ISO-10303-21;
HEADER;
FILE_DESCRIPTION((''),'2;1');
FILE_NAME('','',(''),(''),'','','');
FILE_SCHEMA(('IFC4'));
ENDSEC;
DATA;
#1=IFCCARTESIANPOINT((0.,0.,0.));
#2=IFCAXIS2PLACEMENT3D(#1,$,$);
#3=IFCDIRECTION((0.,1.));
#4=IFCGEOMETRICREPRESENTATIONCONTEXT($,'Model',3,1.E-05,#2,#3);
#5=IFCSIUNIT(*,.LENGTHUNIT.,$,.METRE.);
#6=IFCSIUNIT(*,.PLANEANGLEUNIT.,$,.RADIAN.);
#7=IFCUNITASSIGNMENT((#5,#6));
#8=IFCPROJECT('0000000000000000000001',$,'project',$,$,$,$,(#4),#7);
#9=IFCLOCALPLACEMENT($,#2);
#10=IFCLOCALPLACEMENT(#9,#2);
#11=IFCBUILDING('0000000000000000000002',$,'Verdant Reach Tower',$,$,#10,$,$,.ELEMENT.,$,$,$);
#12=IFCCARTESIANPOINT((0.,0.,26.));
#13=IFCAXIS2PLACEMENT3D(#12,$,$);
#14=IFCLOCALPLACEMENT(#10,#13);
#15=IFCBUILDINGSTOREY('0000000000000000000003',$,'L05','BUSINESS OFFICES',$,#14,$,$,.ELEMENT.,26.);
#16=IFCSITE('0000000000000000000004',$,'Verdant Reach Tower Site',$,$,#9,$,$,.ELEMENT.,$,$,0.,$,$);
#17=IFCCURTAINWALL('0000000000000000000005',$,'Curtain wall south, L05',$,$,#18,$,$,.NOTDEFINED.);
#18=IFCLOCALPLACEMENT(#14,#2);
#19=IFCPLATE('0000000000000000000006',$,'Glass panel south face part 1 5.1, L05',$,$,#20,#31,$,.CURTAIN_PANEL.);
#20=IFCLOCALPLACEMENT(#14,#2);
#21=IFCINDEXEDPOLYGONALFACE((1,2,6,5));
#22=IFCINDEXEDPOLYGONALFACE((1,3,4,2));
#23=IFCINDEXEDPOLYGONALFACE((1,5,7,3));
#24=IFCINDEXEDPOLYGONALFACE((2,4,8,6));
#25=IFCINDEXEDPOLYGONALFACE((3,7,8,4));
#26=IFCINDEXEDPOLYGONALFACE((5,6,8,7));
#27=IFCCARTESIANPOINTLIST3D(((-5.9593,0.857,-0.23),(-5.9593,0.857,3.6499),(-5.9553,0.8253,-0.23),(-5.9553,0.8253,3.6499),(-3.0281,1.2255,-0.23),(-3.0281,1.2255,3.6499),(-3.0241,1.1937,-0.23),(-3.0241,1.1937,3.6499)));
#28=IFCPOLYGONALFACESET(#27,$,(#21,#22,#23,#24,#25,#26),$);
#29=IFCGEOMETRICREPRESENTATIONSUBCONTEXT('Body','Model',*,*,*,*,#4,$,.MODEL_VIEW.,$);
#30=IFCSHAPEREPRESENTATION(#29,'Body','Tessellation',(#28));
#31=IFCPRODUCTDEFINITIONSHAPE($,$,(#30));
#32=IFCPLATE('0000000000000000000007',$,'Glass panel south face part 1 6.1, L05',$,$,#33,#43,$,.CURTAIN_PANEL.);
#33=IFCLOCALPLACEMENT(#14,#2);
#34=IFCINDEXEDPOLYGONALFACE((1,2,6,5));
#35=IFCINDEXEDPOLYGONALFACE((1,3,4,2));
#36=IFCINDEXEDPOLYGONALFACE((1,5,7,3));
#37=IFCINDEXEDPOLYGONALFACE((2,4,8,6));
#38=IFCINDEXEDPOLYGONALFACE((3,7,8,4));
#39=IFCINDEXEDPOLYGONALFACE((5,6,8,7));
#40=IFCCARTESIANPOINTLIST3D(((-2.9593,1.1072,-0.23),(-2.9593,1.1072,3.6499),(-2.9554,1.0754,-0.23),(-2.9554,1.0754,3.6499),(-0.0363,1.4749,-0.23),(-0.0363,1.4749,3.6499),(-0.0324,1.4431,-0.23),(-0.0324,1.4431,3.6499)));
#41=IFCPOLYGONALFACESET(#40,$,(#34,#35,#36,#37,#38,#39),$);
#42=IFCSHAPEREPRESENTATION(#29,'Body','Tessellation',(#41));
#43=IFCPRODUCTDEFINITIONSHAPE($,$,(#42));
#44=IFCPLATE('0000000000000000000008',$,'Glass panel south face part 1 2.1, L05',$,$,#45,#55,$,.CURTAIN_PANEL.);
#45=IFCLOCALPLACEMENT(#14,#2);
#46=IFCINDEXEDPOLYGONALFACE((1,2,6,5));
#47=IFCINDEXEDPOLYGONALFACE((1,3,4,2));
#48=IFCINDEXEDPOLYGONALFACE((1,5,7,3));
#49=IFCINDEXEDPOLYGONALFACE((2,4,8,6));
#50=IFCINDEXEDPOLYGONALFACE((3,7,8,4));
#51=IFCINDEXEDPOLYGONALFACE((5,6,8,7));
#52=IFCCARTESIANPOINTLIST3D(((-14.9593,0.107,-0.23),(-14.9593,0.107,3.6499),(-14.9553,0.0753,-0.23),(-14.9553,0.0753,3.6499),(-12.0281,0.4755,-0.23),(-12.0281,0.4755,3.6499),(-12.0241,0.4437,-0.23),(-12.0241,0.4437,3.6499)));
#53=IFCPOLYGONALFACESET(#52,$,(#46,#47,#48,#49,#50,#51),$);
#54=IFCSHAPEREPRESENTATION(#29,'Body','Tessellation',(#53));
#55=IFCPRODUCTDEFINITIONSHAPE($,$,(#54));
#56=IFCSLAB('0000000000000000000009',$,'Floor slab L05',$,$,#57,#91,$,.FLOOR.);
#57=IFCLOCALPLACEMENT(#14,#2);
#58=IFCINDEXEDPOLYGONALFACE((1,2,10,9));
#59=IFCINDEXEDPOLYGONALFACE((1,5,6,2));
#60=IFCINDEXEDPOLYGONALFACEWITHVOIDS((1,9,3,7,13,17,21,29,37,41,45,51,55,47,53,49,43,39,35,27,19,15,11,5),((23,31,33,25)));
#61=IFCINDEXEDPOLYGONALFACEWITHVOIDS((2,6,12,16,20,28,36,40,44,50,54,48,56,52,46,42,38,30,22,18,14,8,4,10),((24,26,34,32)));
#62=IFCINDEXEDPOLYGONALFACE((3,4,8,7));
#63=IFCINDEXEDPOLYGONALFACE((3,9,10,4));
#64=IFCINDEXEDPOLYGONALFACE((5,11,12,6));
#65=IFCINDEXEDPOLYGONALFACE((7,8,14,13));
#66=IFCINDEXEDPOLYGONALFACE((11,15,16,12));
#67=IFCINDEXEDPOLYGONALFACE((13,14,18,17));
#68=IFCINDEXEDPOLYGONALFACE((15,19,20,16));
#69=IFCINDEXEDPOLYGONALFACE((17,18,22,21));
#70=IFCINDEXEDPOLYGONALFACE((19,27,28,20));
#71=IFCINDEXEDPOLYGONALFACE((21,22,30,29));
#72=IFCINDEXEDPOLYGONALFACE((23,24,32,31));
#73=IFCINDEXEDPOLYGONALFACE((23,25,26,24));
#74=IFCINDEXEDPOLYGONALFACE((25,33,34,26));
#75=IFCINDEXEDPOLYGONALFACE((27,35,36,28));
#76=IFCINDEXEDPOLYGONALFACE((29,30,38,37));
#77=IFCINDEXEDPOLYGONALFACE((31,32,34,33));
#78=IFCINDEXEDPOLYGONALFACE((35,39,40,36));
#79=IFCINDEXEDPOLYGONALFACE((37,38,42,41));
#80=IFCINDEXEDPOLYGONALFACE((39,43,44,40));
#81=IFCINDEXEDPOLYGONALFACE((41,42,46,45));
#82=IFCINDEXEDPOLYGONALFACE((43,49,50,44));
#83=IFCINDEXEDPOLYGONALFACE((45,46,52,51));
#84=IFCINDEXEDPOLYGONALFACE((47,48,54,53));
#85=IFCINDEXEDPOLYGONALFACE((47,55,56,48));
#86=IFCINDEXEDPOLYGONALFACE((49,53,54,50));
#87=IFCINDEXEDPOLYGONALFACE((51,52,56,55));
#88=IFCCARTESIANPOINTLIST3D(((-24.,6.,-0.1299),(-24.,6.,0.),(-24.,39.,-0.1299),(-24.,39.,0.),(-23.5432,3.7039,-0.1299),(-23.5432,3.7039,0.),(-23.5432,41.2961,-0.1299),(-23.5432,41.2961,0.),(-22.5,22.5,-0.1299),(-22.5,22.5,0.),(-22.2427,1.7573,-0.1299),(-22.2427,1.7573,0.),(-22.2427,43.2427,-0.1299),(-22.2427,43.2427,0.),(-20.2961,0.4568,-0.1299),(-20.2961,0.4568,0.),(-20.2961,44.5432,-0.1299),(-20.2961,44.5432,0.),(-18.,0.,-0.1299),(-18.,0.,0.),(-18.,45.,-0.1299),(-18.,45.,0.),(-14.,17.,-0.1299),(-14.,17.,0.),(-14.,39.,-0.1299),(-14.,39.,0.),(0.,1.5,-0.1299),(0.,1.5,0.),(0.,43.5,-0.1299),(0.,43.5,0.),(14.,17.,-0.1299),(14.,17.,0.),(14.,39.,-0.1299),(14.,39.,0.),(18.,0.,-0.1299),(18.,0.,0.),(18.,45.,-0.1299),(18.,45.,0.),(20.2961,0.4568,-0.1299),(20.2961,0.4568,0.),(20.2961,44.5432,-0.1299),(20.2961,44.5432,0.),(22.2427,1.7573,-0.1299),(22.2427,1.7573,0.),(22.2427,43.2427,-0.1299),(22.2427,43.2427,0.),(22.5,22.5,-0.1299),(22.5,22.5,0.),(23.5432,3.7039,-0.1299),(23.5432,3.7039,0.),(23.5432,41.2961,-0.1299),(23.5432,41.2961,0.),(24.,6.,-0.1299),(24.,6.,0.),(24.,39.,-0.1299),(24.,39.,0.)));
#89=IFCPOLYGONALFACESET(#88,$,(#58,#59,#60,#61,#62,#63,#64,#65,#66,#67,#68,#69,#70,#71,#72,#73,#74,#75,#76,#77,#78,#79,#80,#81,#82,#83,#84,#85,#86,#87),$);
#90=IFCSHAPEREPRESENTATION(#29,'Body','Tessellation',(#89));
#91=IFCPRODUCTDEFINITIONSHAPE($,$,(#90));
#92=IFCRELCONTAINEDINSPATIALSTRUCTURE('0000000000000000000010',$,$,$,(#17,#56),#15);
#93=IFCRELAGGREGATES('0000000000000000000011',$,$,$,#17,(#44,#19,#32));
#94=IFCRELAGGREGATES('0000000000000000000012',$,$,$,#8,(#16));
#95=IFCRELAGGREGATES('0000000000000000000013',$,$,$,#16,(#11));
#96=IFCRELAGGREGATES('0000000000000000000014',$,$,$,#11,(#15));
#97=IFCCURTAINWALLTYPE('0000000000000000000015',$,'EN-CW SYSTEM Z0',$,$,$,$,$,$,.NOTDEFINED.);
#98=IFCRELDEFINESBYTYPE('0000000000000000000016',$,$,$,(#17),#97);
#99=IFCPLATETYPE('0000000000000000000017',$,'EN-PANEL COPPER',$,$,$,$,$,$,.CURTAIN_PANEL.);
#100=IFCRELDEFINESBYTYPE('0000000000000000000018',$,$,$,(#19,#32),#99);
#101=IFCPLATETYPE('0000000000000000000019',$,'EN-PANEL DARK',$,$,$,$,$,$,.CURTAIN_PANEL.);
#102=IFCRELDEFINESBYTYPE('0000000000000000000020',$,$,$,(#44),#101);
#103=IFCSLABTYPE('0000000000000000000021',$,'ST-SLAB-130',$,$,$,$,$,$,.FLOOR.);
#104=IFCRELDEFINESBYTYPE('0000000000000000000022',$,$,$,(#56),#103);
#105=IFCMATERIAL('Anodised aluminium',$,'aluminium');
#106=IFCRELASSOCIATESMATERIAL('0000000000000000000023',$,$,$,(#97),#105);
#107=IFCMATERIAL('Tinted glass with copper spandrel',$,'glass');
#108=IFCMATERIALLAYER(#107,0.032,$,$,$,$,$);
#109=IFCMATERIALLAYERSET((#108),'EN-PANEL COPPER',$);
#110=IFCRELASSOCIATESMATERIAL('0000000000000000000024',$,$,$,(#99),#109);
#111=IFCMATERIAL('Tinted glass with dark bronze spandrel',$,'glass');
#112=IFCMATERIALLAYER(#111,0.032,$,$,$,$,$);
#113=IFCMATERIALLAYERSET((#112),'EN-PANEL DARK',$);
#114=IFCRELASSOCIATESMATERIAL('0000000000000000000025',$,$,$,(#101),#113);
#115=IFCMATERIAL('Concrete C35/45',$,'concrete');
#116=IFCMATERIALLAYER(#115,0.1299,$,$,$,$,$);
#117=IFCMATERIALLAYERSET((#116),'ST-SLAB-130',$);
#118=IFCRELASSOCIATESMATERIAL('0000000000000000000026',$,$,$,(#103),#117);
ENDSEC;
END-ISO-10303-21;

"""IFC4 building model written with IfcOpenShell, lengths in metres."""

from ifc_helpers import new_model, si_unit, direction, frame, origin, origin_2d, place, context, subcontext, project, spatial, polyline, rectangle, outline, extrude, material, layer, layer_set, type_object, element, aggregate, save


model = new_model("IFC4")

# Units and contexts
model_context = context("Model", 3, precision=1e-05, world=origin(), true_north=direction((0.0, 1.0)))
body_context = subcontext(model_context, "Body", "Model", "MODEL_VIEW")
ifc_project = project(units=[si_unit("LENGTHUNIT", "METRE"), si_unit("PLANEANGLEUNIT", "RADIAN")], contexts=[model_context])

# Site, building, storey
site_placement = place(None, origin())
site = spatial("IfcSite", under=ifc_project, at=site_placement, Name="Verdant Reach Tower Site", CompositionType="ELEMENT", RefElevation=0.0)
building_placement = place(site_placement, origin())
building = spatial("IfcBuilding", under=site, at=building_placement, Name="Verdant Reach Tower", CompositionType="ELEMENT")
storey_placement = place(building_placement, frame((0.0, 0.0, 26.0)))
storey = spatial("IfcBuildingStorey", under=building, at=storey_placement, Name="L05", Description="BUSINESS OFFICES", CompositionType="ELEMENT", Elevation=26.0)

# Curtain wall
ifc_material_1 = material(Name="Anodised aluminium", Category="aluminium")
curtain_wall_type = type_object("IfcCurtainWallType", Name="EN-CW SYSTEM Z0", PredefinedType="NOTDEFINED", material=ifc_material_1)
curtain_wall_placement = place(storey_placement, origin())
curtain_wall = element("IfcCurtainWall", 1, at=curtain_wall_placement, inside=storey, type_object=curtain_wall_type, Name="Curtain wall south, L05", PredefinedType="NOTDEFINED")

# Plates
ifc_material_2 = material(Name="Tinted glass with copper spandrel", Category="glass")
ifc_layer_1 = layer(ifc_material_2, 0.032)
ifc_layer_set_1 = layer_set([ifc_layer_1], Name="EN-PANEL COPPER")
plate_type_1 = type_object("IfcPlateType", Name="EN-PANEL COPPER", PredefinedType="CURTAIN_PANEL", material=ifc_layer_set_1)
plate_1_placement = place(storey_placement, frame((-4.4917, 1.0254, -0.23), z_axis=(0.0, 0.0, 1.0), x_axis=(0.992194, 0.124704, 0.0)))
plate_1 = element("IfcPlate", 2, at=plate_1_placement, type_object=plate_type_1, Name="Glass panel south face part 1 5.1, L05", PredefinedType="CURTAIN_PANEL", context=body_context, shape_type="SweptSolid", body=[
    extrude(rectangle(XDim=2.9543, YDim=0.032, at=origin_2d()), origin(), (0.0, 0.0, 1.0), 3.8799),
])
plate_2_placement = place(storey_placement, frame((-1.4958, 1.2751, -0.23), z_axis=(0.0, 0.0, 1.0), x_axis=(0.99218, 0.124818, 0.0)))
plate_2 = element("IfcPlate", 3, at=plate_2_placement, type_object=plate_type_1, Name="Glass panel south face part 1 6.1, L05", PredefinedType="CURTAIN_PANEL", context=body_context, shape_type="SweptSolid", body=[
    extrude(rectangle(XDim=2.946, YDim=0.032, at=origin_2d()), origin(), (0.0, 0.0, 1.0), 3.8799),
])
ifc_material_3 = material(Name="Tinted glass with dark bronze spandrel", Category="glass")
ifc_layer_2 = layer(ifc_material_3, 0.032)
ifc_layer_set_2 = layer_set([ifc_layer_2], Name="EN-PANEL DARK")
plate_type_2 = type_object("IfcPlateType", Name="EN-PANEL DARK", PredefinedType="CURTAIN_PANEL", material=ifc_layer_set_2)
plate_3_placement = place(storey_placement, frame((-13.4917, 0.2754, -0.23), z_axis=(0.0, 0.0, 1.0), x_axis=(0.992194, 0.124704, 0.0)))
plate_3 = element("IfcPlate", 4, at=plate_3_placement, type_object=plate_type_2, Name="Glass panel south face part 1 2.1, L05", PredefinedType="CURTAIN_PANEL", context=body_context, shape_type="SweptSolid", body=[
    extrude(rectangle(XDim=2.9543, YDim=0.032, at=origin_2d()), origin(), (0.0, 0.0, 1.0), 3.8799),
])
aggregate(curtain_wall, [plate_3, plate_1, plate_2])

# Slab
ifc_material_4 = material(Name="Concrete C35/45", Category="concrete")
ifc_layer_3 = layer(ifc_material_4, 0.1299)
ifc_layer_set_3 = layer_set([ifc_layer_3], Name="ST-SLAB-130")
slab_type_1 = type_object("IfcSlabType", Name="ST-SLAB-130", PredefinedType="FLOOR", material=ifc_layer_set_3)
slab_1_placement = place(storey_placement, frame((0.0, 0.0, -0.1299)))
element("IfcSlab", 5, at=slab_1_placement, inside=storey, type_object=slab_type_1, Name="Floor slab L05", PredefinedType="FLOOR", context=body_context, shape_type="SweptSolid", body=[
    extrude(outline(polyline([(0.0, 1.5), (-18.0, 0.0), (-20.2961, 0.4568), (-22.2427, 1.7573), (-23.5432, 3.7039), (-24.0, 6.0), (-22.5, 22.5), (-24.0, 39.0), (-23.5432, 41.2961), (-22.2427, 43.2427), (-20.2961, 44.5432), (-18.0, 45.0), (0.0, 43.5), (18.0, 45.0), (20.2961, 44.5432), (22.2427, 43.2427), (23.5432, 41.2961), (24.0, 39.0), (22.5, 22.5), (24.0, 6.0), (23.5432, 3.7039), (22.2427, 1.7573), (20.2961, 0.4568), (18.0, 0.0), (0.0, 1.5)]), holes=[polyline([(14.0, 39.0), (-14.0, 39.0), (-14.0, 17.0), (14.0, 17.0), (14.0, 39.0)])]), origin(), (0.0, 0.0, 1.0), 0.1299),
])

save(model, "model.ifc")
